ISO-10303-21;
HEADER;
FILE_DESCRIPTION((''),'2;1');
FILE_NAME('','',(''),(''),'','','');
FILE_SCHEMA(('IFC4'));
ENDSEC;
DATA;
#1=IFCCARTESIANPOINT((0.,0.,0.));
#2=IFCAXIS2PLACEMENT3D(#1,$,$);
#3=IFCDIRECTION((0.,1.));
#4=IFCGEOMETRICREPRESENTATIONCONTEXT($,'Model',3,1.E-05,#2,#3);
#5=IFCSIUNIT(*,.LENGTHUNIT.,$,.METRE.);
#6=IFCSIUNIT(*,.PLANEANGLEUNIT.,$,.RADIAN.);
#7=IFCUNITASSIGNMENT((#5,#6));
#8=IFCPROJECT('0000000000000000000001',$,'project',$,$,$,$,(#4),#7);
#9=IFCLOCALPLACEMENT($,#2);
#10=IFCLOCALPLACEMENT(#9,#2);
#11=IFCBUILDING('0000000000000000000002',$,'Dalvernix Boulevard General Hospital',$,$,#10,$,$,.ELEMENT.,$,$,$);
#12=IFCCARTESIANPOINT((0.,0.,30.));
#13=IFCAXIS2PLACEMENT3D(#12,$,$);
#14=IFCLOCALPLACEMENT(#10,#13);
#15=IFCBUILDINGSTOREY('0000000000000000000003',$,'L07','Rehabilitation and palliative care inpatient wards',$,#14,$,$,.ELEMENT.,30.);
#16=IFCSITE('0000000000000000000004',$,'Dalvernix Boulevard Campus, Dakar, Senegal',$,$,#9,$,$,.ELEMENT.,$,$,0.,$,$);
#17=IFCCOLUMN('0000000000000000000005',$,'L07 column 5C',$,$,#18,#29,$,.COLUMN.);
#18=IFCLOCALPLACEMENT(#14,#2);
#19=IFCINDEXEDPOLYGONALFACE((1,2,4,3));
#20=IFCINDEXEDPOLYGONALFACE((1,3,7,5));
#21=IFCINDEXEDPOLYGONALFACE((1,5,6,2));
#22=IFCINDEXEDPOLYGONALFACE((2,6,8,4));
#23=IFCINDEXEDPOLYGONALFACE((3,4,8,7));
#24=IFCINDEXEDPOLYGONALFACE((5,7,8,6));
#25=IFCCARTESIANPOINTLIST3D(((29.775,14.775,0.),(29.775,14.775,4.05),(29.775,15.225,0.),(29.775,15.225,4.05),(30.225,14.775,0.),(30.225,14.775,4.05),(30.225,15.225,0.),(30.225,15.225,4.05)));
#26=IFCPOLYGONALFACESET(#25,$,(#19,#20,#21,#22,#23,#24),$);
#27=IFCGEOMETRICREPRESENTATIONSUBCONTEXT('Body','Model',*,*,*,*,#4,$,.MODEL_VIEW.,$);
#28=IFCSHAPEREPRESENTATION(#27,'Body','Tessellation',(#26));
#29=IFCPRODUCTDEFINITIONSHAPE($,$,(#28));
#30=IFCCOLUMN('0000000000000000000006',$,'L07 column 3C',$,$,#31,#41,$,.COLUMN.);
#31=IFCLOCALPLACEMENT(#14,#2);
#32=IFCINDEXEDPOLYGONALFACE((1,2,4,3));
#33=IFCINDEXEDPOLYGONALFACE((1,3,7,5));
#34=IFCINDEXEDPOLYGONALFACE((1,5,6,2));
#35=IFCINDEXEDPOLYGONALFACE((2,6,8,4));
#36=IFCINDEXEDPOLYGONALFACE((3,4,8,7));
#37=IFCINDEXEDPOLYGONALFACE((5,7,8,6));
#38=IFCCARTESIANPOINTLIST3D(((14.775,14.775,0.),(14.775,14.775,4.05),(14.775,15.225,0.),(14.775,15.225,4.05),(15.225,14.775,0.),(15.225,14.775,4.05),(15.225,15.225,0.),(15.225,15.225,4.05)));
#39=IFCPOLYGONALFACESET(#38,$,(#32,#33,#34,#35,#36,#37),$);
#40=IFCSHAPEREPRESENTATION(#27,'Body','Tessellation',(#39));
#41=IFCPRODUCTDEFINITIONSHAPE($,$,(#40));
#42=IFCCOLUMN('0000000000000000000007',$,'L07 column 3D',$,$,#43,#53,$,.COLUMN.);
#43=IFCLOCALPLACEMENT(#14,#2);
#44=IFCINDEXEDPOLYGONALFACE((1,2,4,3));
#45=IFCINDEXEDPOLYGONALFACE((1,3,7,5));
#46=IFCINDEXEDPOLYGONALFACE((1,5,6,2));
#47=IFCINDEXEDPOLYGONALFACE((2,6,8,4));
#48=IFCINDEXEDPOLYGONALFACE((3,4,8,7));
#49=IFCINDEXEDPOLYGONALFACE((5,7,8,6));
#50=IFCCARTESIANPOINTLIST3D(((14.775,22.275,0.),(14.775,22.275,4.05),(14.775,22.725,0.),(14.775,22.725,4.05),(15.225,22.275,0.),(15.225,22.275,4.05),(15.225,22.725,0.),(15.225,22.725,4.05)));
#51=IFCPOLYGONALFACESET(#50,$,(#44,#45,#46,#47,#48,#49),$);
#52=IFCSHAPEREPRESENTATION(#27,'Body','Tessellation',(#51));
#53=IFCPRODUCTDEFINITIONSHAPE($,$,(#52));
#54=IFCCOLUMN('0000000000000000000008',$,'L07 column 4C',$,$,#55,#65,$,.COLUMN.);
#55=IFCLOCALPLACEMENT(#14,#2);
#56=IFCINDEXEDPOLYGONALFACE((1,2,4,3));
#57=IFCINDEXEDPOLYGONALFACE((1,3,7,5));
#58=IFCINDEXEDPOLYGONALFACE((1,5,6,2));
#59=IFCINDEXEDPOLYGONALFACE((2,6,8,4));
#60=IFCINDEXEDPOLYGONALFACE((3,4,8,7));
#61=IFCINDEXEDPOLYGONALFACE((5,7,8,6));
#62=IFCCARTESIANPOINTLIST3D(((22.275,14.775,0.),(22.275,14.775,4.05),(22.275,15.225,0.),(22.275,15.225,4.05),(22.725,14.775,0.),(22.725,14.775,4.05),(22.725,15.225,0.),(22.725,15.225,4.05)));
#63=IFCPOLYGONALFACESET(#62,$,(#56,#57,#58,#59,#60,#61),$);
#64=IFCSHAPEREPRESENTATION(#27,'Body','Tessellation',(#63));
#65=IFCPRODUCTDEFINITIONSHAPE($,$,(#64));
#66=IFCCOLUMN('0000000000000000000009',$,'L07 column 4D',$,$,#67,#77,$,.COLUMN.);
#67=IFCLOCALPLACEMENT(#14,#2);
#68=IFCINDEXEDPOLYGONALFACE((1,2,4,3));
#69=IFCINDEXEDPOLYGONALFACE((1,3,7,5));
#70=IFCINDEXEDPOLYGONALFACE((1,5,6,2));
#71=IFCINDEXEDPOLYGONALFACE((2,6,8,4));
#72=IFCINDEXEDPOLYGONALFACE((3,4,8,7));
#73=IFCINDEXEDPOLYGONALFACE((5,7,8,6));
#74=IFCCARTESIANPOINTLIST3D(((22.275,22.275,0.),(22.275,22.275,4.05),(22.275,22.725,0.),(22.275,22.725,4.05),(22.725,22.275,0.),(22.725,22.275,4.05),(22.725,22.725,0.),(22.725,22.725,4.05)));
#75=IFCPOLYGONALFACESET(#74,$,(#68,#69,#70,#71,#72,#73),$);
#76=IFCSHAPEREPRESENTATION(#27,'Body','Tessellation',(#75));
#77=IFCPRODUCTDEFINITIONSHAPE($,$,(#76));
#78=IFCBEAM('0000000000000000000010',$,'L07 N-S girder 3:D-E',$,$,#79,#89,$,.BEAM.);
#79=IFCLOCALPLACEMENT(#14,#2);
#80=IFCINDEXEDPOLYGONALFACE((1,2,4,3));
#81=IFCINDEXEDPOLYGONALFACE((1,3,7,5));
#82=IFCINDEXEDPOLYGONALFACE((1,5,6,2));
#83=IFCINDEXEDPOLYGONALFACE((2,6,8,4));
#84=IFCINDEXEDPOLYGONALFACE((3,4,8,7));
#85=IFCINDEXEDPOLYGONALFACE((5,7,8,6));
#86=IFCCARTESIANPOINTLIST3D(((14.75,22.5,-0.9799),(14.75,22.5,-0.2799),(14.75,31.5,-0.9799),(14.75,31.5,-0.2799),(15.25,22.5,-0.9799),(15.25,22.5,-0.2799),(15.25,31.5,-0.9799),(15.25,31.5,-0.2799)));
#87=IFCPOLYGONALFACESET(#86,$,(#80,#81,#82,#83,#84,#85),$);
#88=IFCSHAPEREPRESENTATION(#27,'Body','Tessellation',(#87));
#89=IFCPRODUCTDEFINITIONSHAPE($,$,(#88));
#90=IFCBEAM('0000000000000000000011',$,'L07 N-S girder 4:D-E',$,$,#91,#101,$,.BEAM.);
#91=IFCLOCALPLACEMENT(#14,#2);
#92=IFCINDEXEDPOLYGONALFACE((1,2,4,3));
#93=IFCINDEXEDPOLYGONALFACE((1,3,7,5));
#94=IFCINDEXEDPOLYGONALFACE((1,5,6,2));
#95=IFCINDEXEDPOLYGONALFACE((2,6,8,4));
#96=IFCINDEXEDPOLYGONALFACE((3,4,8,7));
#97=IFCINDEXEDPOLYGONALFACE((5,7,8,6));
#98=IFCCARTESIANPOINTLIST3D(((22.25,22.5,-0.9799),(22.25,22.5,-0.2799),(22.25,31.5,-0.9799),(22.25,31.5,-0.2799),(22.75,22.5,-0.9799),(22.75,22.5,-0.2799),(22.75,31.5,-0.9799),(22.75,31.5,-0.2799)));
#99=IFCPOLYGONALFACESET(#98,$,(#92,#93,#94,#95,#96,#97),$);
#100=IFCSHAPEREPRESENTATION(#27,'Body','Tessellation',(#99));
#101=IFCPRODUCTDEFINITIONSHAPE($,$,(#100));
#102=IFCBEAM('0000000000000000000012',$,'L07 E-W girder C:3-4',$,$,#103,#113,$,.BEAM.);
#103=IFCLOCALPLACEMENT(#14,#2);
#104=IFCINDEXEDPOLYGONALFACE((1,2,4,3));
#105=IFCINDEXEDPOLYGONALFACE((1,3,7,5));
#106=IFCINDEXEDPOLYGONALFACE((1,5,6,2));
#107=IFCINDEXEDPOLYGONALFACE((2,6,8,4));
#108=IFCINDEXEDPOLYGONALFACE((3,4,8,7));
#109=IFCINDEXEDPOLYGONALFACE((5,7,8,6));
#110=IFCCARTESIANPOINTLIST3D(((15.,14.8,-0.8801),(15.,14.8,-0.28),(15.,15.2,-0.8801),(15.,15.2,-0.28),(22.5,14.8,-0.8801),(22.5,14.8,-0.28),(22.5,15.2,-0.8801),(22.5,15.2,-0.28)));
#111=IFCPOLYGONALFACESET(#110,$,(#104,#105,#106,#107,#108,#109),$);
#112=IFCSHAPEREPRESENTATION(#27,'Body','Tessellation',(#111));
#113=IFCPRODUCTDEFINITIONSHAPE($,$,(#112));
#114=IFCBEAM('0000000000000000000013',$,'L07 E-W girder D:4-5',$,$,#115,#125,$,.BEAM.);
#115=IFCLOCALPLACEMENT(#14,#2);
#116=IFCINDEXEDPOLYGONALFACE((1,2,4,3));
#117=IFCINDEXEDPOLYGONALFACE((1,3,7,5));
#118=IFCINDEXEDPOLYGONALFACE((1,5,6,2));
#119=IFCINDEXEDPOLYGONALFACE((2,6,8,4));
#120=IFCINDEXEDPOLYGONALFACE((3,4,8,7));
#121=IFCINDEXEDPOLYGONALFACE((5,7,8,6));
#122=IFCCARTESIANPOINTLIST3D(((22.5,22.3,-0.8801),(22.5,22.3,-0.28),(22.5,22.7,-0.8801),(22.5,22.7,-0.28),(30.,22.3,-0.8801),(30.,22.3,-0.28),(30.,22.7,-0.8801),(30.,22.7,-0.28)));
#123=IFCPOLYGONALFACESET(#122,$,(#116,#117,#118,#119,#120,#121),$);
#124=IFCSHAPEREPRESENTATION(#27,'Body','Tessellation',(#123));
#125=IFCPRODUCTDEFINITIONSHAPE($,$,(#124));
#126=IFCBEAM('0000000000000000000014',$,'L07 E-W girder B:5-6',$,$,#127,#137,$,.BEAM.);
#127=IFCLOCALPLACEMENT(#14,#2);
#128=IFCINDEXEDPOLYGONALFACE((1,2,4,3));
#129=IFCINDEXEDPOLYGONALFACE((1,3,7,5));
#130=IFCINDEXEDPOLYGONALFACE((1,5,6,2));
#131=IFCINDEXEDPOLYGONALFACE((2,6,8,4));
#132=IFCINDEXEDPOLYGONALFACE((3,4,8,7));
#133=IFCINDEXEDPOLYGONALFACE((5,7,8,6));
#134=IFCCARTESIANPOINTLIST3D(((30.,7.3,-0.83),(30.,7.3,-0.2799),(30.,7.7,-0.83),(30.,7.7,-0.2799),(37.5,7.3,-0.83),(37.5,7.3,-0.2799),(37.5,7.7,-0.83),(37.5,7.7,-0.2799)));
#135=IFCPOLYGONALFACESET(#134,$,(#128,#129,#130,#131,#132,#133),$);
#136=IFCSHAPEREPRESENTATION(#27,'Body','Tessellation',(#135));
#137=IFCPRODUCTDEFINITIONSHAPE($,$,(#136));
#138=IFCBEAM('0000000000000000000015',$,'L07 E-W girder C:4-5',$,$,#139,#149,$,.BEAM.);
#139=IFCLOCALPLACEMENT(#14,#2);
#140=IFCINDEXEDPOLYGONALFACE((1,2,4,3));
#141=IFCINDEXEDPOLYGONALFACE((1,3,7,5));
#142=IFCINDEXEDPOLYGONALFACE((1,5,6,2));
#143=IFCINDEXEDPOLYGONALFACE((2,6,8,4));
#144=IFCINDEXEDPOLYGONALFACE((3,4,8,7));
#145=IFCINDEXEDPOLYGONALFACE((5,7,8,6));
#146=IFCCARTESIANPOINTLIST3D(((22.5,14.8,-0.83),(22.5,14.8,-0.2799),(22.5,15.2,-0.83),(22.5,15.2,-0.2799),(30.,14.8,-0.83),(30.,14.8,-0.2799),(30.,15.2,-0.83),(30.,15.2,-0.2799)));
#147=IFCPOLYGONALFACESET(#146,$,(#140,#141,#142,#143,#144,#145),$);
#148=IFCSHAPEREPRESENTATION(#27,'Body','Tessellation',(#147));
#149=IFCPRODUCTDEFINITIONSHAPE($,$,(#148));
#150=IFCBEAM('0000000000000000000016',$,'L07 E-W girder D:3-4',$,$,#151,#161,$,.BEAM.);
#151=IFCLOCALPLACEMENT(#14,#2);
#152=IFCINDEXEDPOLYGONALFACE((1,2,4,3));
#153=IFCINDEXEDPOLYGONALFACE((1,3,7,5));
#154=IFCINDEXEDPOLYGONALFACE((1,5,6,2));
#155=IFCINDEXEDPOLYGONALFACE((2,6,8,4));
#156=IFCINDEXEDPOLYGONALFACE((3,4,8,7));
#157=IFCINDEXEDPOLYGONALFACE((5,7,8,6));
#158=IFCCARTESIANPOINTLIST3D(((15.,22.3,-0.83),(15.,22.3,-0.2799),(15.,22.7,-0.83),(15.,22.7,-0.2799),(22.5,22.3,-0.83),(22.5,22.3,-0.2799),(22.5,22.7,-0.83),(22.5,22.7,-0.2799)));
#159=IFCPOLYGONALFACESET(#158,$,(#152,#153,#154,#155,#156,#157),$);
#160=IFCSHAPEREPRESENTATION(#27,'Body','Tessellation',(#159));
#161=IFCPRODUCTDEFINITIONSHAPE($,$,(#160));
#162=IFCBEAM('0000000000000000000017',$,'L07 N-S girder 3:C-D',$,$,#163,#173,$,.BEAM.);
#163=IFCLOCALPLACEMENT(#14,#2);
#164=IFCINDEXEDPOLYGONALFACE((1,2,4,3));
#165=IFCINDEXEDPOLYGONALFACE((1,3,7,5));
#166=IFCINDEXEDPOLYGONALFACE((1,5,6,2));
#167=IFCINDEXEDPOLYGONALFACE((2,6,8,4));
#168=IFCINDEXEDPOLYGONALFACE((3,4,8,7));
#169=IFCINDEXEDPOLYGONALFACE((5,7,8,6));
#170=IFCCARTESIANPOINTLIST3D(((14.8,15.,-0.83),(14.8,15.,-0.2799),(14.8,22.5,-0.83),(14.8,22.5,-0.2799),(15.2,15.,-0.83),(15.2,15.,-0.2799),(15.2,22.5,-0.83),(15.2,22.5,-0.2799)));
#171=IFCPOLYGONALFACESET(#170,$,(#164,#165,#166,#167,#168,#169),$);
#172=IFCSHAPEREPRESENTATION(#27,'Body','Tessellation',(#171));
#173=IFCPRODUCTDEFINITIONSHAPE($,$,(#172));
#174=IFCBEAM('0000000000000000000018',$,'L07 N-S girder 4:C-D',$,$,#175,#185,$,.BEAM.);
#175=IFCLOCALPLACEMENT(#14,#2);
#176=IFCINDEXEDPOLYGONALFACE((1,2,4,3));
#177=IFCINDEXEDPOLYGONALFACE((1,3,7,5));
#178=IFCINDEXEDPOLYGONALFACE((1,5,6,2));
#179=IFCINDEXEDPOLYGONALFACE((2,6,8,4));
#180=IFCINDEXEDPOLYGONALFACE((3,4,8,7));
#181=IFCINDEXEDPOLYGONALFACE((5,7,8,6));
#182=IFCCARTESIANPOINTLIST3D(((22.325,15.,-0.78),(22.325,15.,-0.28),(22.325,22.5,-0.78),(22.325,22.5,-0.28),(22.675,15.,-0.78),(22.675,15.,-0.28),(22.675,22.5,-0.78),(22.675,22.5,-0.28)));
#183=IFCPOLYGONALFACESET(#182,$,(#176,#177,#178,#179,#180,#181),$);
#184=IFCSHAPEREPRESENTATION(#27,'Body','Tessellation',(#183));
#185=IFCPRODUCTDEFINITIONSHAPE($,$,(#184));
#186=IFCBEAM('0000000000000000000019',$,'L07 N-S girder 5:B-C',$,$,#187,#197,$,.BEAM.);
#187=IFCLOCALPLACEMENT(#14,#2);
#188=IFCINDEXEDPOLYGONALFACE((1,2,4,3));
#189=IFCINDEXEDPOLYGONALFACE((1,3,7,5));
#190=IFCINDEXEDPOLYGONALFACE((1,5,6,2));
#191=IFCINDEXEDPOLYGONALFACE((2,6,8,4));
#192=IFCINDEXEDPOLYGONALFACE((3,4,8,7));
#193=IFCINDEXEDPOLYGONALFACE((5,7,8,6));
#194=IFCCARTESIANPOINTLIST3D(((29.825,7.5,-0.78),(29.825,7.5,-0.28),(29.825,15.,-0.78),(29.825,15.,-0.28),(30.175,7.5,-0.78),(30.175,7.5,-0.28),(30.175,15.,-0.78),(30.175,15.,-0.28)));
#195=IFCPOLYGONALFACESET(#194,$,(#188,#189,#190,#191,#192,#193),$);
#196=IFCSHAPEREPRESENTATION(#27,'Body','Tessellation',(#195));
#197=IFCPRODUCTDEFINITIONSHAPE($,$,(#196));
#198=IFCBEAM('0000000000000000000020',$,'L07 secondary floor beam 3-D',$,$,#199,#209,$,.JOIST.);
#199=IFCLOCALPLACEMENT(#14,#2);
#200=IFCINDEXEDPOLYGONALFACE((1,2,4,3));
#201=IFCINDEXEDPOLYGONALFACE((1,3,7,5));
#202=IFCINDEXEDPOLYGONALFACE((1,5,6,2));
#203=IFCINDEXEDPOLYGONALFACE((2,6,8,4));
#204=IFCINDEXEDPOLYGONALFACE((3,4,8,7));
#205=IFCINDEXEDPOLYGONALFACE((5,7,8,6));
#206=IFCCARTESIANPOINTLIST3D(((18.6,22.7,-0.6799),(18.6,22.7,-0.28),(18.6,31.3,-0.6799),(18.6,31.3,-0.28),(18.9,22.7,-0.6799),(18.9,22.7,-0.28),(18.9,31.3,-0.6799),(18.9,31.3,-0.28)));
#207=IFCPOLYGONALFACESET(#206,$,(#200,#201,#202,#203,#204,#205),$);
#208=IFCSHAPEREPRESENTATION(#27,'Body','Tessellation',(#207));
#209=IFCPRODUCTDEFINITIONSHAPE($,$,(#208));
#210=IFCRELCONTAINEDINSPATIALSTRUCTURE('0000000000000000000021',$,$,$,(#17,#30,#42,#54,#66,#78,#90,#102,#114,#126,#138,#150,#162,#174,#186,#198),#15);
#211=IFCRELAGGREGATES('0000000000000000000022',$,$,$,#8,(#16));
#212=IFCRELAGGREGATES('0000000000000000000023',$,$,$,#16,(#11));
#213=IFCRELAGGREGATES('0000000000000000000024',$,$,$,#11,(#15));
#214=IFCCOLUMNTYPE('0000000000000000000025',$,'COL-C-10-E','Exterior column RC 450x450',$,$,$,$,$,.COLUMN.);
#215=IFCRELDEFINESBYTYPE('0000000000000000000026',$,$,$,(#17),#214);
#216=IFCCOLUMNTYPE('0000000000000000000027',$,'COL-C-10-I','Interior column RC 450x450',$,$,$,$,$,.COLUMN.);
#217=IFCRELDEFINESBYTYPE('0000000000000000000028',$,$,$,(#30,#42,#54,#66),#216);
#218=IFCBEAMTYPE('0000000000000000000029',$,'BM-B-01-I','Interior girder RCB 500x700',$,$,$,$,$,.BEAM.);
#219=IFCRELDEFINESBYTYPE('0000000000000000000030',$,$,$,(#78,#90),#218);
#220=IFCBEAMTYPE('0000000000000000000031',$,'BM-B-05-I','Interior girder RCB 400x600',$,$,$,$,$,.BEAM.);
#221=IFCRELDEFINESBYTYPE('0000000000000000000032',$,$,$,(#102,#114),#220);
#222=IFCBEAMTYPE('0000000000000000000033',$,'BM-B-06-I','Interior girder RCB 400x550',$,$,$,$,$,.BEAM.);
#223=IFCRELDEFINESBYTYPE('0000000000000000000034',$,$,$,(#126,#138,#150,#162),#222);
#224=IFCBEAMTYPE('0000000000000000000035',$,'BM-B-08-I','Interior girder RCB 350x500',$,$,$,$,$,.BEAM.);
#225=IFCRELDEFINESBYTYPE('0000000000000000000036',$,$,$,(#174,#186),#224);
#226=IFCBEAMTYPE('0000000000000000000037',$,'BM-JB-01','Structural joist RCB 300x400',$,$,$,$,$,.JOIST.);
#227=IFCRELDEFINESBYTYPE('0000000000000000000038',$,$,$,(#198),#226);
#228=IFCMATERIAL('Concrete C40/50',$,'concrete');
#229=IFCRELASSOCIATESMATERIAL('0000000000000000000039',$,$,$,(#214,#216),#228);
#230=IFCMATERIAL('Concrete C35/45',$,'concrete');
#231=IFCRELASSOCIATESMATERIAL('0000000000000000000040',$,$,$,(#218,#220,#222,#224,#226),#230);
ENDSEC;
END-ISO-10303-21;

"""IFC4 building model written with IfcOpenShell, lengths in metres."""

from ifc_helpers import new_model, si_unit, direction, frame, origin, origin_2d, place, context, subcontext, project, spatial, rectangle, extrude, material, material_profile, profile_set, type_object, element, save


model = new_model("IFC4")

# Units and contexts
model_context = context("Model", 3, precision=1e-05, world=origin(), true_north=direction((0.0, 1.0)))
body_context = subcontext(model_context, "Body", "Model", "MODEL_VIEW")
ifc_project = project(units=[si_unit("LENGTHUNIT", "METRE"), si_unit("PLANEANGLEUNIT", "RADIAN")], contexts=[model_context])

# Site, building, storey
site_placement = place(None, origin())
site = spatial("IfcSite", under=ifc_project, at=site_placement, Name="Dalvernix Boulevard Campus, Dakar, Senegal", CompositionType="ELEMENT", RefElevation=0.0)
building_placement = place(site_placement, origin())
building = spatial("IfcBuilding", under=site, at=building_placement, Name="Dalvernix Boulevard General Hospital", CompositionType="ELEMENT")
storey_placement = place(building_placement, frame((0.0, 0.0, 30.0)))
storey = spatial("IfcBuildingStorey", under=building, at=storey_placement, Name="L07", Description="Rehabilitation and palliative care inpatient wards", CompositionType="ELEMENT", Elevation=30.0)

# Columns
ifc_material_1 = material(Name="Concrete C40/50", Category="concrete")
ifc_material_profile_1 = material_profile(ifc_material_1, rectangle(XDim=0.45, YDim=0.45, at=origin_2d()), Name="RC 450x450")
ifc_profile_set_1 = profile_set([ifc_material_profile_1], Name="Concrete C40/50")
column_type_1 = type_object("IfcColumnType", Name="COL-C-10-E", Description="Exterior column RC 450x450", PredefinedType="COLUMN", material=ifc_profile_set_1)
column_placement = place(storey_placement, frame((30.0, 15.0, 0.0), z_axis=(0.0, 0.0, 1.0), x_axis=(1.0, 0.0, 0.0)))
element("IfcColumn", 1, at=column_placement, inside=storey, type_object=column_type_1, Name="L07 column 5C", PredefinedType="COLUMN", context=body_context, shape_type="SweptSolid", body=[
    extrude(rectangle(XDim=0.45, YDim=0.45, at=origin_2d()), origin(), (0.0, 0.0, 1.0), 4.05),
])
ifc_material_profile_2 = material_profile(ifc_material_1, rectangle(XDim=0.45, YDim=0.45, at=origin_2d()), Name="RC 450x450")
ifc_profile_set_2 = profile_set([ifc_material_profile_2], Name="Concrete C40/50")
column_type_2 = type_object("IfcColumnType", Name="COL-C-10-I", Description="Interior column RC 450x450", PredefinedType="COLUMN", material=ifc_profile_set_2)
for number, where, z_axis, x_axis, name in (
    (2, (15.0, 15.0, 0.0), (0.0, 0.0, 1.0), (1.0, 0.0, 0.0), "L07 column 3C"),
    (3, (15.0, 22.5, 0.0), (0.0, 0.0, 1.0), (1.0, 0.0, 0.0), "L07 column 3D"),
    (4, (22.5, 15.0, 0.0), (0.0, 0.0, 1.0), (1.0, 0.0, 0.0), "L07 column 4C"),
    (5, (22.5, 22.5, 0.0), (0.0, 0.0, 1.0), (1.0, 0.0, 0.0), "L07 column 4D"),
):
    element("IfcColumn", number, at=place(storey_placement, frame(where, z_axis=z_axis, x_axis=x_axis)), inside=storey, type_object=column_type_2, Name=name, PredefinedType="COLUMN", context=body_context, shape_type="SweptSolid", body=[
        extrude(rectangle(XDim=0.45, YDim=0.45, at=origin_2d()), origin(), (0.0, 0.0, 1.0), 4.05),
    ])

# Beams
ifc_material_2 = material(Name="Concrete C35/45", Category="concrete")
ifc_material_profile_3 = material_profile(ifc_material_2, rectangle(XDim=0.5, YDim=0.7, at=origin_2d()), Name="RCB 500x700")
ifc_profile_set_3 = profile_set([ifc_material_profile_3], Name="Concrete C35/45")
beam_type_1 = type_object("IfcBeamType", Name="BM-B-01-I", Description="Interior girder RCB 500x700", PredefinedType="BEAM", material=ifc_profile_set_3)
for number, where, z_axis, x_axis, name in (
    (6, (15.0, 22.5, -0.6299), (0.0, 1.0, 0.0), (-1.0, 0.0, 0.0), "L07 N-S girder 3:D-E"),
    (7, (22.5, 22.5, -0.6299), (0.0, 1.0, 0.0), (-1.0, 0.0, 0.0), "L07 N-S girder 4:D-E"),
):
    element("IfcBeam", number, at=place(storey_placement, frame(where, z_axis=z_axis, x_axis=x_axis)), inside=storey, type_object=beam_type_1, Name=name, PredefinedType="BEAM", context=body_context, shape_type="SweptSolid", body=[
        extrude(rectangle(XDim=0.5, YDim=0.7, at=origin_2d()), origin(), (0.0, 0.0, 1.0), 9.0),
    ])
ifc_material_profile_4 = material_profile(ifc_material_2, rectangle(XDim=0.3999, YDim=0.6001, at=origin_2d()), Name="RCB 400x600")
ifc_profile_set_4 = profile_set([ifc_material_profile_4], Name="Concrete C35/45")
beam_type_2 = type_object("IfcBeamType", Name="BM-B-05-I", Description="Interior girder RCB 400x600", PredefinedType="BEAM", material=ifc_profile_set_4)
for number, where, z_axis, x_axis, name in (
    (8, (15.0, 15.0, -0.5801), (1.0, 0.0, 0.0), (0.0, 1.0, 0.0), "L07 E-W girder C:3-4"),
    (9, (22.5, 22.5, -0.5801), (1.0, 0.0, 0.0), (0.0, 1.0, 0.0), "L07 E-W girder D:4-5"),
):
    element("IfcBeam", number, at=place(storey_placement, frame(where, z_axis=z_axis, x_axis=x_axis)), inside=storey, type_object=beam_type_2, Name=name, PredefinedType="BEAM", context=body_context, shape_type="SweptSolid", body=[
        extrude(rectangle(XDim=0.3999, YDim=0.6001, at=origin_2d()), origin(), (0.0, 0.0, 1.0), 7.5),
    ])
ifc_material_profile_5 = material_profile(ifc_material_2, rectangle(XDim=0.3999, YDim=0.55, at=origin_2d()), Name="RCB 400x550")
ifc_profile_set_5 = profile_set([ifc_material_profile_5], Name="Concrete C35/45")
beam_type_3 = type_object("IfcBeamType", Name="BM-B-06-I", Description="Interior girder RCB 400x550", PredefinedType="BEAM", material=ifc_profile_set_5)
for number, where, z_axis, x_axis, name in (
    (10, (30.0, 7.5, -0.5549), (1.0, 0.0, 0.0), (0.0, 1.0, 0.0), "L07 E-W girder B:5-6"),
    (11, (22.5, 15.0, -0.5549), (1.0, 0.0, 0.0), (0.0, 1.0, 0.0), "L07 E-W girder C:4-5"),
    (12, (15.0, 22.5, -0.5549), (1.0, 0.0, 0.0), (0.0, 1.0, 0.0), "L07 E-W girder D:3-4"),
    (13, (15.0, 15.0, -0.5549), (0.0, 1.0, 0.0), (-1.0, 0.0, 0.0), "L07 N-S girder 3:C-D"),
):
    element("IfcBeam", number, at=place(storey_placement, frame(where, z_axis=z_axis, x_axis=x_axis)), inside=storey, type_object=beam_type_3, Name=name, PredefinedType="BEAM", context=body_context, shape_type="SweptSolid", body=[
        extrude(rectangle(XDim=0.3999, YDim=0.55, at=origin_2d()), origin(), (0.0, 0.0, 1.0), 7.5),
    ])
ifc_material_profile_6 = material_profile(ifc_material_2, rectangle(XDim=0.3501, YDim=0.5, at=origin_2d()), Name="RCB 350x500")
ifc_profile_set_6 = profile_set([ifc_material_profile_6], Name="Concrete C35/45")
beam_type_4 = type_object("IfcBeamType", Name="BM-B-08-I", Description="Interior girder RCB 350x500", PredefinedType="BEAM", material=ifc_profile_set_6)
for number, where, z_axis, x_axis, name in (
    (14, (22.5, 15.0, -0.53), (0.0, 1.0, 0.0), (-1.0, 0.0, 0.0), "L07 N-S girder 4:C-D"),
    (15, (30.0, 7.5, -0.53), (0.0, 1.0, 0.0), (-1.0, 0.0, 0.0), "L07 N-S girder 5:B-C"),
):
    element("IfcBeam", number, at=place(storey_placement, frame(where, z_axis=z_axis, x_axis=x_axis)), inside=storey, type_object=beam_type_4, Name=name, PredefinedType="BEAM", context=body_context, shape_type="SweptSolid", body=[
        extrude(rectangle(XDim=0.3501, YDim=0.5, at=origin_2d()), origin(), (0.0, 0.0, 1.0), 7.5),
    ])
ifc_material_profile_7 = material_profile(ifc_material_2, rectangle(XDim=0.3, YDim=0.3999, at=origin_2d()), Name="RCB 300x400")
ifc_profile_set_7 = profile_set([ifc_material_profile_7], Name="Concrete C35/45")
beam_type_5 = type_object("IfcBeamType", Name="BM-JB-01", Description="Structural joist RCB 300x400", PredefinedType="JOIST", material=ifc_profile_set_7)
for number, where, z_axis, x_axis, name in (
    (16, (18.75, 22.7, -0.48), (0.0, 1.0, 0.0), (-1.0, 0.0, 0.0), "L07 secondary floor beam 3-D"),
):
    element("IfcBeam", number, at=place(storey_placement, frame(where, z_axis=z_axis, x_axis=x_axis)), inside=storey, type_object=beam_type_5, Name=name, PredefinedType="JOIST", context=body_context, shape_type="SweptSolid", body=[
        extrude(rectangle(XDim=0.3, YDim=0.3999, at=origin_2d()), origin(), (0.0, 0.0, 1.0), 8.6001),
    ])

save(model, "model.ifc")
